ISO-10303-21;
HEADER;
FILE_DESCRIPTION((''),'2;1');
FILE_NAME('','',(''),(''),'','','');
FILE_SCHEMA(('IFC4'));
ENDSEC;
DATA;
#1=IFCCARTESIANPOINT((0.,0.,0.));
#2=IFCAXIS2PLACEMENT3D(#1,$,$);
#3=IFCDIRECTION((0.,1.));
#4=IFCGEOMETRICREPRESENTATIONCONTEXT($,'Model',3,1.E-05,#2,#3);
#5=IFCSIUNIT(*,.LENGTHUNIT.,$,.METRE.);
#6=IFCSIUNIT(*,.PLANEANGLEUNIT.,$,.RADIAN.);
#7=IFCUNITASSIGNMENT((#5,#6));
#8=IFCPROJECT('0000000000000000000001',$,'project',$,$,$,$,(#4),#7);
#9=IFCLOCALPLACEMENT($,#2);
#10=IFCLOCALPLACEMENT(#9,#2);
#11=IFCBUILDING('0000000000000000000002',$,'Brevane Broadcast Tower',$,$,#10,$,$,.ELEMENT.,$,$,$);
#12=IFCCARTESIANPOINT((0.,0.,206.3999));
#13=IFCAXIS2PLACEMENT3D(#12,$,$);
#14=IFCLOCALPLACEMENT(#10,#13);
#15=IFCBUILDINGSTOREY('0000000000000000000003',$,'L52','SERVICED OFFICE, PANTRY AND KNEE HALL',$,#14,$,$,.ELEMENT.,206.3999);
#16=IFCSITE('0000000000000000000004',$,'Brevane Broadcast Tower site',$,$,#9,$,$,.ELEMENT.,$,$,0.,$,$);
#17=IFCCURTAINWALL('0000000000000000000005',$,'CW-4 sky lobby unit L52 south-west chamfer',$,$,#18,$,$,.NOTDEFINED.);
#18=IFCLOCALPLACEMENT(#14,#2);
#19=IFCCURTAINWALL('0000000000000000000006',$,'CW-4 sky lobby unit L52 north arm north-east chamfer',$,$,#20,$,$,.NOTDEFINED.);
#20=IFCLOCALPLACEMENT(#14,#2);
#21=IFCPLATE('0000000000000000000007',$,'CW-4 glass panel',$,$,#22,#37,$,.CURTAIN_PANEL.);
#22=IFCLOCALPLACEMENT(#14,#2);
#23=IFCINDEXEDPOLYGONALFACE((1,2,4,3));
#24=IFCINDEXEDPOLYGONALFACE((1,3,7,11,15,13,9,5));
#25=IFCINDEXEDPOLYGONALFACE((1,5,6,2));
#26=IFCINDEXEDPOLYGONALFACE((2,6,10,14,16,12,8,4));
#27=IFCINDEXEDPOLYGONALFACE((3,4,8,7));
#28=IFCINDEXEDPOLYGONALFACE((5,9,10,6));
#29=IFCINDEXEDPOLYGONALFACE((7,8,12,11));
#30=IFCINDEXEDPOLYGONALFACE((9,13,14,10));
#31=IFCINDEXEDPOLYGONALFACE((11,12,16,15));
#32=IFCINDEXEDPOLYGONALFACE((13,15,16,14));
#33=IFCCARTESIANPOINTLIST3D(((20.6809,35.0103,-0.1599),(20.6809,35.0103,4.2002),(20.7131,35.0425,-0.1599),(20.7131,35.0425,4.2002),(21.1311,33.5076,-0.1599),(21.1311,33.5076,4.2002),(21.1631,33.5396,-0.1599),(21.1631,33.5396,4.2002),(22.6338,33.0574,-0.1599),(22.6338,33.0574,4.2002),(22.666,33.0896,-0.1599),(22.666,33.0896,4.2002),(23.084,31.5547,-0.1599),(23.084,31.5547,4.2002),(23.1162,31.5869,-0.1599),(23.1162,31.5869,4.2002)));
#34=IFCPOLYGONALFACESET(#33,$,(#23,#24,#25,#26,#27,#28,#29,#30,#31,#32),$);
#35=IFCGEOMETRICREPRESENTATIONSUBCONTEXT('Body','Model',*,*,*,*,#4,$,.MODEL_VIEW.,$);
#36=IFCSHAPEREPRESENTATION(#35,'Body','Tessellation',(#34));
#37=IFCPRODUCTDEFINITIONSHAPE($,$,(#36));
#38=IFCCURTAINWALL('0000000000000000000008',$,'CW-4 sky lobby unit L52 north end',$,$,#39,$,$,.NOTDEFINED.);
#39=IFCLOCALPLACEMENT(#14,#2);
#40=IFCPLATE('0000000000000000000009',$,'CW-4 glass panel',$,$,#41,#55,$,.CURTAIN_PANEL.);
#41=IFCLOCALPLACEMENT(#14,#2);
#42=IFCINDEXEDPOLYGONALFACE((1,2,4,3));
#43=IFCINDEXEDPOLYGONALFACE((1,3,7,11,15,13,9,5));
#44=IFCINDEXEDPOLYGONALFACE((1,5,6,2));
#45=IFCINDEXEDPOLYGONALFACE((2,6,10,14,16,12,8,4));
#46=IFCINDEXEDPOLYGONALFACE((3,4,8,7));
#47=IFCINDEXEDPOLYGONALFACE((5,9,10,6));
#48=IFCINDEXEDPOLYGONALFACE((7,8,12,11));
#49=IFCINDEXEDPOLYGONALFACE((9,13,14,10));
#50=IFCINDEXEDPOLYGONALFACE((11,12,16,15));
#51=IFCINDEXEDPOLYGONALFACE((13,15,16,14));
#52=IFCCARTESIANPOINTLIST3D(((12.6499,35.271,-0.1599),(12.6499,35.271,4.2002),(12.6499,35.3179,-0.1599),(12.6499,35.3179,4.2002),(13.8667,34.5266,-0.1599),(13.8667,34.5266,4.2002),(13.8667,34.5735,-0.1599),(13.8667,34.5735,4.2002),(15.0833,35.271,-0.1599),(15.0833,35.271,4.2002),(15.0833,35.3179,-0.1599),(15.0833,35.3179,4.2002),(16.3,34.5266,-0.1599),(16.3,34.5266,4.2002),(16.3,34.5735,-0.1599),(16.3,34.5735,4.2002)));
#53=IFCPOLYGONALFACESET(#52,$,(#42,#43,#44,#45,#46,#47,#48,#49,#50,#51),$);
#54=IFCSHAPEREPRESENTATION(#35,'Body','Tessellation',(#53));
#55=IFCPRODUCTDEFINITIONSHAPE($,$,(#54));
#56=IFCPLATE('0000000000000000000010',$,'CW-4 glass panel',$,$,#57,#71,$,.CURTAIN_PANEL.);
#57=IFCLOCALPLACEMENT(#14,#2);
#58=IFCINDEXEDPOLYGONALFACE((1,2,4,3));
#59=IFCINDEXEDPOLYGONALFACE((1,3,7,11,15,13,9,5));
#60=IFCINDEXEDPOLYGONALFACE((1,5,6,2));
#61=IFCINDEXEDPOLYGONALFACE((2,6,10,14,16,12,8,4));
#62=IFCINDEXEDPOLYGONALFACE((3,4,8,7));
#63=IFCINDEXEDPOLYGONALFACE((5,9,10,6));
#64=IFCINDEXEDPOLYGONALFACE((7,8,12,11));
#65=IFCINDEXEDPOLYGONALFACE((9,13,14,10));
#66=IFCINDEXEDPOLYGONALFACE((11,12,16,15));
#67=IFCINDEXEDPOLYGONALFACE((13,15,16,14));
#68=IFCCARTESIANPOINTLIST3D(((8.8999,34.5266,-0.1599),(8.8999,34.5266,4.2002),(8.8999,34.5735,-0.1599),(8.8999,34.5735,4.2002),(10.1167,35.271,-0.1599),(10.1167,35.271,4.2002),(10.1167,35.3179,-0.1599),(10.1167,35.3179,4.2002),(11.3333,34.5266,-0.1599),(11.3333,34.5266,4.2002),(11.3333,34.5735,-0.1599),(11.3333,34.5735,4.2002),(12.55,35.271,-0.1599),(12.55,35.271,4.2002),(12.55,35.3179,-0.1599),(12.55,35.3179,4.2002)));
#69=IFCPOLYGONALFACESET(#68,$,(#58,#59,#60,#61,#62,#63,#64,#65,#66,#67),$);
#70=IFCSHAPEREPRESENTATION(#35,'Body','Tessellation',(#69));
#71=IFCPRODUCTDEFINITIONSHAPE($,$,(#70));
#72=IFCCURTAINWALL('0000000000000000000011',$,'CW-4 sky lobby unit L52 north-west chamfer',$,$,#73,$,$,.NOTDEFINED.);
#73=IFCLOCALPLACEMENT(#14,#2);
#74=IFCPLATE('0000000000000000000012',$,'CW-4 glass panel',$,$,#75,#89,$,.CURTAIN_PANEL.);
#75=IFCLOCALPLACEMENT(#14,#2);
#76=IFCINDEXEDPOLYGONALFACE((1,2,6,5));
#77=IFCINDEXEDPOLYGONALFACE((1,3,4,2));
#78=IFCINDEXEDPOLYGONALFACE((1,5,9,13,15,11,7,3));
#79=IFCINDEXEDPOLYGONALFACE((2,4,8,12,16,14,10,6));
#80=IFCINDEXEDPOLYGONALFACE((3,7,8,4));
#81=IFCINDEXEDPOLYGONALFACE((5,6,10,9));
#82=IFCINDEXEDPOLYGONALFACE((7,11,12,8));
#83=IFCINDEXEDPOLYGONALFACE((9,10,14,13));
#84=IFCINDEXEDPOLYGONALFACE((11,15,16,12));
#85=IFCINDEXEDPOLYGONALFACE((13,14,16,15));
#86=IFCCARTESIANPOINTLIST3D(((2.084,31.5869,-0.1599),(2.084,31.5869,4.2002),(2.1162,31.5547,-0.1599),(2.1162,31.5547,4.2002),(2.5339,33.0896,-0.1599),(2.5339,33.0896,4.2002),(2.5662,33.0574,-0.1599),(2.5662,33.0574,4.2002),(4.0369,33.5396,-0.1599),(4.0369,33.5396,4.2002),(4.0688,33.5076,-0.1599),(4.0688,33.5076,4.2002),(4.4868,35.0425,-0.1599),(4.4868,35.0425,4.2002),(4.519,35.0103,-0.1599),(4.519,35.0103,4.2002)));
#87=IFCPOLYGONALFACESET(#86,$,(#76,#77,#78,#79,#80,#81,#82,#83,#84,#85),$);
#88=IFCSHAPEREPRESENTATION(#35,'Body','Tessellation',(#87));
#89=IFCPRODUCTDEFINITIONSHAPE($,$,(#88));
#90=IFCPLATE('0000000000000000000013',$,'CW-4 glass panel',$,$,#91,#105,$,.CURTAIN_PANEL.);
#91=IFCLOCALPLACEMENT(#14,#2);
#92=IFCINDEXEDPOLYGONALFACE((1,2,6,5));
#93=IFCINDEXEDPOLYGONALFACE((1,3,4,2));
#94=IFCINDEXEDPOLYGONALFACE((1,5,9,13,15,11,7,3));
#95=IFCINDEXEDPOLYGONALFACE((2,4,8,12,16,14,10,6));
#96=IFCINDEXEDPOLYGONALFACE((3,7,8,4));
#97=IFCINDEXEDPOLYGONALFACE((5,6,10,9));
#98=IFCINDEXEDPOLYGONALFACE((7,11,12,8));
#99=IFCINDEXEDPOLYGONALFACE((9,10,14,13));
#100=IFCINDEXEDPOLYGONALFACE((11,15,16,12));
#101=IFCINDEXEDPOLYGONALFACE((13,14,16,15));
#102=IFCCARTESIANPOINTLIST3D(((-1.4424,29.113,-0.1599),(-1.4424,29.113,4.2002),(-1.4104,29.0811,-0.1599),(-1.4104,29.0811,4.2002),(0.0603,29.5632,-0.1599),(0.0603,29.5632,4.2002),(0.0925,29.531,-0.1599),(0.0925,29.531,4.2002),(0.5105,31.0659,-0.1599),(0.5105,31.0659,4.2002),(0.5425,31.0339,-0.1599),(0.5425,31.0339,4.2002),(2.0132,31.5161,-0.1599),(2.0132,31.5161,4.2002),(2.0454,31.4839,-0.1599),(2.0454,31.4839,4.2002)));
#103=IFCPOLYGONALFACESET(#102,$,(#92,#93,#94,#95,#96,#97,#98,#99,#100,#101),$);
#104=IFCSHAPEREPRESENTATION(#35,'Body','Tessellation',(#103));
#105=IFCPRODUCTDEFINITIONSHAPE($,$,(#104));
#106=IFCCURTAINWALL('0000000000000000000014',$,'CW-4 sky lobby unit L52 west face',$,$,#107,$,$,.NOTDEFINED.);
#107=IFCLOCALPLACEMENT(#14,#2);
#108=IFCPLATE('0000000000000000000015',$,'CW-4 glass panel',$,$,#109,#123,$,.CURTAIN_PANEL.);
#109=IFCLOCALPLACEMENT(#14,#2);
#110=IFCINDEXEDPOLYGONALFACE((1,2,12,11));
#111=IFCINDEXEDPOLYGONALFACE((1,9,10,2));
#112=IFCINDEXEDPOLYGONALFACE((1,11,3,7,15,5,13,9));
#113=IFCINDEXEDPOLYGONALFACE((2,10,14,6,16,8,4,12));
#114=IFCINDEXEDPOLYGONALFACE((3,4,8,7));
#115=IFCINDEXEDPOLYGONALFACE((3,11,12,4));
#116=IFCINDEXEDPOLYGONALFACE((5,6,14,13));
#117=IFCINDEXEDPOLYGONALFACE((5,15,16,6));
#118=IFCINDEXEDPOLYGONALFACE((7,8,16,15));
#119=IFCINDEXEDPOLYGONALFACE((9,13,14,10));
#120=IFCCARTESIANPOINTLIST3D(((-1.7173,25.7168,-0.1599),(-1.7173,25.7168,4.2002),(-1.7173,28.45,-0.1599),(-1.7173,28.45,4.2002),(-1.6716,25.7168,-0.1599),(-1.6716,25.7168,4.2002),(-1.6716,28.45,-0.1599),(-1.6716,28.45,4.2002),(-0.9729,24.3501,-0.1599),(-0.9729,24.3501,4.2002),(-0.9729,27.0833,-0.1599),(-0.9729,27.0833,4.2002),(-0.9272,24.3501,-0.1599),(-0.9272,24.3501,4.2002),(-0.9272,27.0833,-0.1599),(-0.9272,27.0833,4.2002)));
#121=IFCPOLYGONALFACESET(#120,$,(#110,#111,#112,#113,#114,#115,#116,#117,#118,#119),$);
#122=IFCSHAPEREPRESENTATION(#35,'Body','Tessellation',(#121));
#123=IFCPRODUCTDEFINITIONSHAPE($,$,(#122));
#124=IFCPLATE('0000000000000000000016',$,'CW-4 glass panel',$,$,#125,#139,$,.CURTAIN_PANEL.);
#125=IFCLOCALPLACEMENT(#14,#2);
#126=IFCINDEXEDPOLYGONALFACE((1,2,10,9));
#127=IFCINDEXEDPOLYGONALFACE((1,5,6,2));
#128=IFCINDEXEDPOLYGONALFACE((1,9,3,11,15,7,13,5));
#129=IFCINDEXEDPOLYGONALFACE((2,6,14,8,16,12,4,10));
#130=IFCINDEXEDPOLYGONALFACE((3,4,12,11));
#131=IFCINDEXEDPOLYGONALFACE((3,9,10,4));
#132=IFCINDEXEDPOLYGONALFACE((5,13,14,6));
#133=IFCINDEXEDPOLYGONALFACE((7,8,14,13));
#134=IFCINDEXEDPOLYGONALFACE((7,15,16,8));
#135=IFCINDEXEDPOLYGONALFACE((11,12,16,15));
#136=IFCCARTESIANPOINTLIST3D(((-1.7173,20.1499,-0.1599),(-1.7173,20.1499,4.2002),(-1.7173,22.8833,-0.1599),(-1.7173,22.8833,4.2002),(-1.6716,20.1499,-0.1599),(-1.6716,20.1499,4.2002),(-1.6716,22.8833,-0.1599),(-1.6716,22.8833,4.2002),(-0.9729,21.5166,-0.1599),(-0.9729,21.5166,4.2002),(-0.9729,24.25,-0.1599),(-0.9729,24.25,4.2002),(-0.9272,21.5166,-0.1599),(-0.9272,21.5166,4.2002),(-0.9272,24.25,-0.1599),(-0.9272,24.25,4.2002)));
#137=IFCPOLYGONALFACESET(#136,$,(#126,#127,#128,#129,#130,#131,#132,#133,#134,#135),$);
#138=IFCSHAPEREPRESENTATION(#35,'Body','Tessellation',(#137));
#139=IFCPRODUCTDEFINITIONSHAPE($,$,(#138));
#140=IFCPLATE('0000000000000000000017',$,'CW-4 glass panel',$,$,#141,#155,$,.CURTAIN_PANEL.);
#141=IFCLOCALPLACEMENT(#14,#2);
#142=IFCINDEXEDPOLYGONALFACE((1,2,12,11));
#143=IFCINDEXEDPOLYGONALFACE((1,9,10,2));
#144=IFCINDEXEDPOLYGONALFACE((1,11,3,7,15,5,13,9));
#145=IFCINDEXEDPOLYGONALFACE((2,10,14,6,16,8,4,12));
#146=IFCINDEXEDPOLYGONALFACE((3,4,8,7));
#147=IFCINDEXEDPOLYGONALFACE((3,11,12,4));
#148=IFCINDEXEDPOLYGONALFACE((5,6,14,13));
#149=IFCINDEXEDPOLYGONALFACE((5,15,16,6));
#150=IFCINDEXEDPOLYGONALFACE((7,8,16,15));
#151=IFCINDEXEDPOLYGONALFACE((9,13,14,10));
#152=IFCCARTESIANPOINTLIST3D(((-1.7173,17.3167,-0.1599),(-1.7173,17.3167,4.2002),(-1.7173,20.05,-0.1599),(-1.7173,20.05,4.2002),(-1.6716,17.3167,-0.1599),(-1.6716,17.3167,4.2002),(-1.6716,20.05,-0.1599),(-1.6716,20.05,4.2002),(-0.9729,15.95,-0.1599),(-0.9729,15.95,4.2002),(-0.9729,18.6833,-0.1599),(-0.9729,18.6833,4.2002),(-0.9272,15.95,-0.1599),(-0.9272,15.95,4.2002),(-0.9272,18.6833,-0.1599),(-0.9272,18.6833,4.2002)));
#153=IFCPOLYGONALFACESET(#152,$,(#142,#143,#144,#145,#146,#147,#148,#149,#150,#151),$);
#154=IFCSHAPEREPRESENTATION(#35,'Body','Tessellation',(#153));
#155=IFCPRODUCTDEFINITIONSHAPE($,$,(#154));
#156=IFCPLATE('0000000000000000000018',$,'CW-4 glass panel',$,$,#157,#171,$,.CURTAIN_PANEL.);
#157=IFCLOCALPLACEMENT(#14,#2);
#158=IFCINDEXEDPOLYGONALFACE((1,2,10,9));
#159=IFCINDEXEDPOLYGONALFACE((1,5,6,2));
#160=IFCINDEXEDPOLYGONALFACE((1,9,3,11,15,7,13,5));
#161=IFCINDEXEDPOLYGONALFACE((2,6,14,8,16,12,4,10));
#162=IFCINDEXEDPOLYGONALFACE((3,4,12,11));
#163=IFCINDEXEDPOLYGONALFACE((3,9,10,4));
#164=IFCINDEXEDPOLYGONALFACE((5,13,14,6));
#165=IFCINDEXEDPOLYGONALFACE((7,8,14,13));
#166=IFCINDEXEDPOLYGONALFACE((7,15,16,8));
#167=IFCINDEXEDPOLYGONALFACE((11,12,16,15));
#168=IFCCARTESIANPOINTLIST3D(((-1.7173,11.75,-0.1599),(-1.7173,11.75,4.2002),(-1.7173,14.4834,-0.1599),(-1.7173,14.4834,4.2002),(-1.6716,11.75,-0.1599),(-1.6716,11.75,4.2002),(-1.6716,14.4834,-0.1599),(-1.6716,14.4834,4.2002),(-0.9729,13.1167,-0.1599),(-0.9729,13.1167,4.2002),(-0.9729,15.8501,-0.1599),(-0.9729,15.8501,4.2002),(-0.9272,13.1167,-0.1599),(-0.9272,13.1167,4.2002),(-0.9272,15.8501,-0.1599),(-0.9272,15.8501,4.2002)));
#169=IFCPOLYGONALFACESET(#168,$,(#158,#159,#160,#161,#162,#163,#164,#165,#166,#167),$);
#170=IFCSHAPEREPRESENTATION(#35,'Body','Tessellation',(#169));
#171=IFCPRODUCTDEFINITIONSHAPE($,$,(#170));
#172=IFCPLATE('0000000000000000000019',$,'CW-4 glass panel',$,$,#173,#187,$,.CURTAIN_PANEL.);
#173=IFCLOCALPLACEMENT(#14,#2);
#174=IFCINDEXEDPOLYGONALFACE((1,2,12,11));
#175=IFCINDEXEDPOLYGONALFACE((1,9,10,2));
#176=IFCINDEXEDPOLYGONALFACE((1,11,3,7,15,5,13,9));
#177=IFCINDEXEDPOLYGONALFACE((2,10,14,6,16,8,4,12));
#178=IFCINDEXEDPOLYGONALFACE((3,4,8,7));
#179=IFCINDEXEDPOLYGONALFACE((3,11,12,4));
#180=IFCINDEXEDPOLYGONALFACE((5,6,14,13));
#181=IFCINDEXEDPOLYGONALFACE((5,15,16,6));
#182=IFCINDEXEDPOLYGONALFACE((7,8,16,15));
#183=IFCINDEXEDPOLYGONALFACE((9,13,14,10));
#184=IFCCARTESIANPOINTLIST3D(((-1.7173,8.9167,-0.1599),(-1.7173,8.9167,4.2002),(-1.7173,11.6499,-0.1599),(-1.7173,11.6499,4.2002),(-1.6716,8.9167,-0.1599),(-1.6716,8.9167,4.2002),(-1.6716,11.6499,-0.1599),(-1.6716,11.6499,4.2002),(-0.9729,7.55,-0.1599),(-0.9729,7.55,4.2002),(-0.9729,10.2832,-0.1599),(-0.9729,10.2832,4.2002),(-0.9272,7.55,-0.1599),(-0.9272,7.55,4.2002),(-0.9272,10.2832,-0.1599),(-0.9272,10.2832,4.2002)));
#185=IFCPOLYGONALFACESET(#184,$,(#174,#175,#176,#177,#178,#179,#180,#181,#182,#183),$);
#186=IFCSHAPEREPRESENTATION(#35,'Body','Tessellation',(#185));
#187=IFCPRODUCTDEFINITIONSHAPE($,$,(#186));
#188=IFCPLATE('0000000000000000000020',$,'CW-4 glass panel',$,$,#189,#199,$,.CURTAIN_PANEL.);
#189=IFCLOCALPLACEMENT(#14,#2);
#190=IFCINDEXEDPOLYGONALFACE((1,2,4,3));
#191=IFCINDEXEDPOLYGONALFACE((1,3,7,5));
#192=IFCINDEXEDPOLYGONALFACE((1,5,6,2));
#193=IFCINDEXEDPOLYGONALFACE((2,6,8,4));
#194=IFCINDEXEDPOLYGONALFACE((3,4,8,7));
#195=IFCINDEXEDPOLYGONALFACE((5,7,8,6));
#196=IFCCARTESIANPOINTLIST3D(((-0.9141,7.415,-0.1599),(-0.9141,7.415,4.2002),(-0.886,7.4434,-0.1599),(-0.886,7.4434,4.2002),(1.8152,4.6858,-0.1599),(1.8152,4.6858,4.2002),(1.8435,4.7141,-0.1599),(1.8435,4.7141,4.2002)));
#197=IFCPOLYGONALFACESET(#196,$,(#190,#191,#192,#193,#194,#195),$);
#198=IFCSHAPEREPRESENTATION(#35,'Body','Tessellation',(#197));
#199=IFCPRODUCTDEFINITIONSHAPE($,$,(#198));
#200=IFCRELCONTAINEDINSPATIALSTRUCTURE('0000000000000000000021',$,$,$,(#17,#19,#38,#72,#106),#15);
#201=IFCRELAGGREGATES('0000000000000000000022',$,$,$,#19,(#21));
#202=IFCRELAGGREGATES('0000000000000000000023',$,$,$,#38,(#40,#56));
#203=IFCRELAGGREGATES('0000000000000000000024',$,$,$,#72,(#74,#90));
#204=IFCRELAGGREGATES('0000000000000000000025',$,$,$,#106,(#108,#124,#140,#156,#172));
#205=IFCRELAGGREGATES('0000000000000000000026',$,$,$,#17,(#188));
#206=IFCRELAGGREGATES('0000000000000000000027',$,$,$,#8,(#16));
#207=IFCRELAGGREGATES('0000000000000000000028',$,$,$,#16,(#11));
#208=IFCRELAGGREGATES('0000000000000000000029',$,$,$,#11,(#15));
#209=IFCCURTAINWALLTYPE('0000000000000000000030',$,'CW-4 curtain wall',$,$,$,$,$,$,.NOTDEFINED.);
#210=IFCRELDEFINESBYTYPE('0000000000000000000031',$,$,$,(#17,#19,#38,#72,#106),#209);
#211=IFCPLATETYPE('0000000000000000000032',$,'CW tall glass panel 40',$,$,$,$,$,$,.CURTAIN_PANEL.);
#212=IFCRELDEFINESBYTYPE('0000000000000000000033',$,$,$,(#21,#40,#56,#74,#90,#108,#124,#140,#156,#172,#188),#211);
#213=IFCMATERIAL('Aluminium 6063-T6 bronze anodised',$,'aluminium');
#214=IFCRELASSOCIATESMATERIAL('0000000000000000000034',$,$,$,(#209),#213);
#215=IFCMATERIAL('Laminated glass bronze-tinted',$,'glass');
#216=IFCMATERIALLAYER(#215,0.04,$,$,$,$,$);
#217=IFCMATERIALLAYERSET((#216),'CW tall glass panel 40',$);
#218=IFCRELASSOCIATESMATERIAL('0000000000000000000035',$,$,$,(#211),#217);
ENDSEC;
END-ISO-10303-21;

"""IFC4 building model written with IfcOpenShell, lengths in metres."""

from ifc_helpers import new_model, si_unit, direction, frame, origin, place, context, subcontext, project, spatial, polyline, outline, extrude, material, layer, layer_set, type_object, element, aggregate, save


model = new_model("IFC4")

# Units and contexts
model_context = context("Model", 3, precision=1e-05, world=origin(), true_north=direction((0.0, 1.0)))
body_context = subcontext(model_context, "Body", "Model", "MODEL_VIEW")
ifc_project = project(units=[si_unit("LENGTHUNIT", "METRE"), si_unit("PLANEANGLEUNIT", "RADIAN")], contexts=[model_context])

# Site, building, storey
site_placement = place(None, origin())
site = spatial("IfcSite", under=ifc_project, at=site_placement, Name="Brevane Broadcast Tower site", CompositionType="ELEMENT", RefElevation=0.0)
building_placement = place(site_placement, origin())
building = spatial("IfcBuilding", under=site, at=building_placement, Name="Brevane Broadcast Tower", CompositionType="ELEMENT")
storey_placement = place(building_placement, frame((0.0, 0.0, 206.3999)))
storey = spatial("IfcBuildingStorey", under=building, at=storey_placement, Name="L52", Description="SERVICED OFFICE, PANTRY AND KNEE HALL", CompositionType="ELEMENT", Elevation=206.3999)

# Shared definitions
ifc_material_1 = material(Name="Aluminium 6063-T6 bronze anodised", Category="aluminium")
curtain_wall_type = type_object("IfcCurtainWallType", Name="CW-4 curtain wall", PredefinedType="NOTDEFINED", material=ifc_material_1)

# Curtain wall
curtain_wall_1_placement = place(storey_placement, origin())
curtain_wall_1 = element("IfcCurtainWall", 1, at=curtain_wall_1_placement, inside=storey, type_object=curtain_wall_type, Name="CW-4 sky lobby unit L52 south-west chamfer", PredefinedType="NOTDEFINED")

# Curtain walls, plates
ifc_material_2 = material(Name="Laminated glass bronze-tinted", Category="glass")
ifc_layer_1 = layer(ifc_material_2, 0.04)
ifc_layer_set_1 = layer_set([ifc_layer_1], Name="CW tall glass panel 40")
plate_type = type_object("IfcPlateType", Name="CW tall glass panel 40", PredefinedType="CURTAIN_PANEL", material=ifc_layer_set_1)
curtain_wall_2_placement = place(storey_placement, origin())
curtain_wall_2 = element("IfcCurtainWall", 2, at=curtain_wall_2_placement, inside=storey, type_object=curtain_wall_type, Name="CW-4 sky lobby unit L52 north arm north-east chamfer", PredefinedType="NOTDEFINED")
plate_1_placement = place(storey_placement, frame((0.0, 0.0, -0.1599)))
plate_1 = element("IfcPlate", 3, at=plate_1_placement, type_object=plate_type, Name="CW-4 glass panel", PredefinedType="CURTAIN_PANEL", context=body_context, shape_type="SweptSolid", body=[
    extrude(outline(polyline([(23.084, 31.5547), (23.1162, 31.5869), (22.666, 33.0896), (21.1631, 33.5396), (20.7131, 35.0425), (20.6809, 35.0103), (21.1311, 33.5076), (22.6338, 33.0574), (23.084, 31.5547)])), origin(), (0.0, 0.0, 1.0), 4.3601),
])
aggregate(curtain_wall_2, [plate_1])
curtain_wall_3_placement = place(storey_placement, origin())
curtain_wall_3 = element("IfcCurtainWall", 4, at=curtain_wall_3_placement, inside=storey, type_object=curtain_wall_type, Name="CW-4 sky lobby unit L52 north end", PredefinedType="NOTDEFINED")
plate_2_placement = place(storey_placement, frame((0.0, 0.0, -0.1599)))
plate_2 = element("IfcPlate", 5, at=plate_2_placement, type_object=plate_type, Name="CW-4 glass panel", PredefinedType="CURTAIN_PANEL", context=body_context, shape_type="SweptSolid", body=[
    extrude(outline(polyline([(16.3, 34.5266), (16.3, 34.5735), (15.0833, 35.3179), (13.8667, 34.5735), (12.6499, 35.3179), (12.6499, 35.271), (13.8667, 34.5266), (15.0833, 35.271), (16.3, 34.5266)])), origin(), (0.0, 0.0, 1.0), 4.3601),
])
plate_3_placement = place(storey_placement, frame((0.0, 0.0, -0.1599)))
plate_3 = element("IfcPlate", 6, at=plate_3_placement, type_object=plate_type, Name="CW-4 glass panel", PredefinedType="CURTAIN_PANEL", context=body_context, shape_type="SweptSolid", body=[
    extrude(outline(polyline([(12.55, 35.271), (12.55, 35.3179), (11.3333, 34.5735), (10.1167, 35.3179), (8.8999, 34.5735), (8.8999, 34.5266), (10.1167, 35.271), (11.3333, 34.5266), (12.55, 35.271)])), origin(), (0.0, 0.0, 1.0), 4.3601),
])
aggregate(curtain_wall_3, [plate_2, plate_3])
curtain_wall_4_placement = place(storey_placement, origin())
curtain_wall_4 = element("IfcCurtainWall", 7, at=curtain_wall_4_placement, inside=storey, type_object=curtain_wall_type, Name="CW-4 sky lobby unit L52 north-west chamfer", PredefinedType="NOTDEFINED")
plate_4_placement = place(storey_placement, frame((0.0, 0.0, -0.1599)))
plate_4 = element("IfcPlate", 8, at=plate_4_placement, type_object=plate_type, Name="CW-4 glass panel", PredefinedType="CURTAIN_PANEL", context=body_context, shape_type="SweptSolid", body=[
    extrude(outline(polyline([(4.519, 35.0103), (4.4868, 35.0425), (4.0369, 33.5396), (2.5339, 33.0896), (2.084, 31.5869), (2.1162, 31.5547), (2.5662, 33.0574), (4.0688, 33.5076), (4.519, 35.0103)])), origin(), (0.0, 0.0, 1.0), 4.3601),
])
plate_5_placement = place(storey_placement, frame((0.0, 0.0, -0.1599)))
plate_5 = element("IfcPlate", 9, at=plate_5_placement, type_object=plate_type, Name="CW-4 glass panel", PredefinedType="CURTAIN_PANEL", context=body_context, shape_type="SweptSolid", body=[
    extrude(outline(polyline([(2.0454, 31.4839), (2.0132, 31.5161), (0.5105, 31.0659), (0.0603, 29.5632), (-1.4424, 29.113), (-1.4104, 29.0811), (0.0925, 29.531), (0.5425, 31.0339), (2.0454, 31.4839)])), origin(), (0.0, 0.0, 1.0), 4.3601),
])
aggregate(curtain_wall_4, [plate_4, plate_5])
curtain_wall_5_placement = place(storey_placement, origin())
curtain_wall_5 = element("IfcCurtainWall", 10, at=curtain_wall_5_placement, inside=storey, type_object=curtain_wall_type, Name="CW-4 sky lobby unit L52 west face", PredefinedType="NOTDEFINED")
plate_6_placement = place(storey_placement, frame((0.0, 0.0, -0.1599)))
plate_6 = element("IfcPlate", 11, at=plate_6_placement, type_object=plate_type, Name="CW-4 glass panel", PredefinedType="CURTAIN_PANEL", context=body_context, shape_type="SweptSolid", body=[
    extrude(outline(polyline([(-1.6716, 28.45), (-1.7173, 28.45), (-0.9729, 27.0833), (-1.7173, 25.7168), (-0.9729, 24.3501), (-0.9272, 24.3501), (-1.6716, 25.7168), (-0.9272, 27.0833), (-1.6716, 28.45)])), origin(), (0.0, 0.0, 1.0), 4.3601),
])
plate_7_placement = place(storey_placement, frame((0.0, 0.0, -0.1599)))
plate_7 = element("IfcPlate", 12, at=plate_7_placement, type_object=plate_type, Name="CW-4 glass panel", PredefinedType="CURTAIN_PANEL", context=body_context, shape_type="SweptSolid", body=[
    extrude(outline(polyline([(-0.9272, 24.25), (-0.9729, 24.25), (-1.7173, 22.8833), (-0.9729, 21.5166), (-1.7173, 20.1499), (-1.6716, 20.1499), (-0.9272, 21.5166), (-1.6716, 22.8833), (-0.9272, 24.25)])), origin(), (0.0, 0.0, 1.0), 4.3601),
])
plate_8_placement = place(storey_placement, frame((0.0, 0.0, -0.1599)))
plate_8 = element("IfcPlate", 13, at=plate_8_placement, type_object=plate_type, Name="CW-4 glass panel", PredefinedType="CURTAIN_PANEL", context=body_context, shape_type="SweptSolid", body=[
    extrude(outline(polyline([(-1.6716, 20.05), (-1.7173, 20.05), (-0.9729, 18.6833), (-1.7173, 17.3167), (-0.9729, 15.95), (-0.9272, 15.95), (-1.6716, 17.3167), (-0.9272, 18.6833), (-1.6716, 20.05)])), origin(), (0.0, 0.0, 1.0), 4.3601),
])
plate_9_placement = place(storey_placement, frame((0.0, 0.0, -0.1599)))
plate_9 = element("IfcPlate", 14, at=plate_9_placement, type_object=plate_type, Name="CW-4 glass panel", PredefinedType="CURTAIN_PANEL", context=body_context, shape_type="SweptSolid", body=[
    extrude(outline(polyline([(-0.9272, 15.8501), (-0.9729, 15.8501), (-1.7173, 14.4834), (-0.9729, 13.1167), (-1.7173, 11.75), (-1.6716, 11.75), (-0.9272, 13.1167), (-1.6716, 14.4834), (-0.9272, 15.8501)])), origin(), (0.0, 0.0, 1.0), 4.3601),
])
plate_10_placement = place(storey_placement, frame((0.0, 0.0, -0.1599)))
plate_10 = element("IfcPlate", 15, at=plate_10_placement, type_object=plate_type, Name="CW-4 glass panel", PredefinedType="CURTAIN_PANEL", context=body_context, shape_type="SweptSolid", body=[
    extrude(outline(polyline([(-1.6716, 11.6499), (-1.7173, 11.6499), (-0.9729, 10.2832), (-1.7173, 8.9167), (-0.9729, 7.55), (-0.9272, 7.55), (-1.6716, 8.9167), (-0.9272, 10.2832), (-1.6716, 11.6499)])), origin(), (0.0, 0.0, 1.0), 4.3601),
])
aggregate(curtain_wall_5, [plate_6, plate_7, plate_8, plate_9, plate_10])

# Plate
plate_11_placement = place(storey_placement, frame((0.0, 0.0, -0.1599)))
plate_11 = element("IfcPlate", 16, at=plate_11_placement, type_object=plate_type, Name="CW-4 glass panel", PredefinedType="CURTAIN_PANEL", context=body_context, shape_type="SweptSolid", body=[
    extrude(outline(polyline([(-0.886, 7.4434), (1.8435, 4.7141), (1.8152, 4.6858), (-0.9141, 7.415), (-0.886, 7.4434)])), origin(), (0.0, 0.0, 1.0), 4.3601),
])
aggregate(curtain_wall_1, [plate_11])

save(model, "model.ifc")
